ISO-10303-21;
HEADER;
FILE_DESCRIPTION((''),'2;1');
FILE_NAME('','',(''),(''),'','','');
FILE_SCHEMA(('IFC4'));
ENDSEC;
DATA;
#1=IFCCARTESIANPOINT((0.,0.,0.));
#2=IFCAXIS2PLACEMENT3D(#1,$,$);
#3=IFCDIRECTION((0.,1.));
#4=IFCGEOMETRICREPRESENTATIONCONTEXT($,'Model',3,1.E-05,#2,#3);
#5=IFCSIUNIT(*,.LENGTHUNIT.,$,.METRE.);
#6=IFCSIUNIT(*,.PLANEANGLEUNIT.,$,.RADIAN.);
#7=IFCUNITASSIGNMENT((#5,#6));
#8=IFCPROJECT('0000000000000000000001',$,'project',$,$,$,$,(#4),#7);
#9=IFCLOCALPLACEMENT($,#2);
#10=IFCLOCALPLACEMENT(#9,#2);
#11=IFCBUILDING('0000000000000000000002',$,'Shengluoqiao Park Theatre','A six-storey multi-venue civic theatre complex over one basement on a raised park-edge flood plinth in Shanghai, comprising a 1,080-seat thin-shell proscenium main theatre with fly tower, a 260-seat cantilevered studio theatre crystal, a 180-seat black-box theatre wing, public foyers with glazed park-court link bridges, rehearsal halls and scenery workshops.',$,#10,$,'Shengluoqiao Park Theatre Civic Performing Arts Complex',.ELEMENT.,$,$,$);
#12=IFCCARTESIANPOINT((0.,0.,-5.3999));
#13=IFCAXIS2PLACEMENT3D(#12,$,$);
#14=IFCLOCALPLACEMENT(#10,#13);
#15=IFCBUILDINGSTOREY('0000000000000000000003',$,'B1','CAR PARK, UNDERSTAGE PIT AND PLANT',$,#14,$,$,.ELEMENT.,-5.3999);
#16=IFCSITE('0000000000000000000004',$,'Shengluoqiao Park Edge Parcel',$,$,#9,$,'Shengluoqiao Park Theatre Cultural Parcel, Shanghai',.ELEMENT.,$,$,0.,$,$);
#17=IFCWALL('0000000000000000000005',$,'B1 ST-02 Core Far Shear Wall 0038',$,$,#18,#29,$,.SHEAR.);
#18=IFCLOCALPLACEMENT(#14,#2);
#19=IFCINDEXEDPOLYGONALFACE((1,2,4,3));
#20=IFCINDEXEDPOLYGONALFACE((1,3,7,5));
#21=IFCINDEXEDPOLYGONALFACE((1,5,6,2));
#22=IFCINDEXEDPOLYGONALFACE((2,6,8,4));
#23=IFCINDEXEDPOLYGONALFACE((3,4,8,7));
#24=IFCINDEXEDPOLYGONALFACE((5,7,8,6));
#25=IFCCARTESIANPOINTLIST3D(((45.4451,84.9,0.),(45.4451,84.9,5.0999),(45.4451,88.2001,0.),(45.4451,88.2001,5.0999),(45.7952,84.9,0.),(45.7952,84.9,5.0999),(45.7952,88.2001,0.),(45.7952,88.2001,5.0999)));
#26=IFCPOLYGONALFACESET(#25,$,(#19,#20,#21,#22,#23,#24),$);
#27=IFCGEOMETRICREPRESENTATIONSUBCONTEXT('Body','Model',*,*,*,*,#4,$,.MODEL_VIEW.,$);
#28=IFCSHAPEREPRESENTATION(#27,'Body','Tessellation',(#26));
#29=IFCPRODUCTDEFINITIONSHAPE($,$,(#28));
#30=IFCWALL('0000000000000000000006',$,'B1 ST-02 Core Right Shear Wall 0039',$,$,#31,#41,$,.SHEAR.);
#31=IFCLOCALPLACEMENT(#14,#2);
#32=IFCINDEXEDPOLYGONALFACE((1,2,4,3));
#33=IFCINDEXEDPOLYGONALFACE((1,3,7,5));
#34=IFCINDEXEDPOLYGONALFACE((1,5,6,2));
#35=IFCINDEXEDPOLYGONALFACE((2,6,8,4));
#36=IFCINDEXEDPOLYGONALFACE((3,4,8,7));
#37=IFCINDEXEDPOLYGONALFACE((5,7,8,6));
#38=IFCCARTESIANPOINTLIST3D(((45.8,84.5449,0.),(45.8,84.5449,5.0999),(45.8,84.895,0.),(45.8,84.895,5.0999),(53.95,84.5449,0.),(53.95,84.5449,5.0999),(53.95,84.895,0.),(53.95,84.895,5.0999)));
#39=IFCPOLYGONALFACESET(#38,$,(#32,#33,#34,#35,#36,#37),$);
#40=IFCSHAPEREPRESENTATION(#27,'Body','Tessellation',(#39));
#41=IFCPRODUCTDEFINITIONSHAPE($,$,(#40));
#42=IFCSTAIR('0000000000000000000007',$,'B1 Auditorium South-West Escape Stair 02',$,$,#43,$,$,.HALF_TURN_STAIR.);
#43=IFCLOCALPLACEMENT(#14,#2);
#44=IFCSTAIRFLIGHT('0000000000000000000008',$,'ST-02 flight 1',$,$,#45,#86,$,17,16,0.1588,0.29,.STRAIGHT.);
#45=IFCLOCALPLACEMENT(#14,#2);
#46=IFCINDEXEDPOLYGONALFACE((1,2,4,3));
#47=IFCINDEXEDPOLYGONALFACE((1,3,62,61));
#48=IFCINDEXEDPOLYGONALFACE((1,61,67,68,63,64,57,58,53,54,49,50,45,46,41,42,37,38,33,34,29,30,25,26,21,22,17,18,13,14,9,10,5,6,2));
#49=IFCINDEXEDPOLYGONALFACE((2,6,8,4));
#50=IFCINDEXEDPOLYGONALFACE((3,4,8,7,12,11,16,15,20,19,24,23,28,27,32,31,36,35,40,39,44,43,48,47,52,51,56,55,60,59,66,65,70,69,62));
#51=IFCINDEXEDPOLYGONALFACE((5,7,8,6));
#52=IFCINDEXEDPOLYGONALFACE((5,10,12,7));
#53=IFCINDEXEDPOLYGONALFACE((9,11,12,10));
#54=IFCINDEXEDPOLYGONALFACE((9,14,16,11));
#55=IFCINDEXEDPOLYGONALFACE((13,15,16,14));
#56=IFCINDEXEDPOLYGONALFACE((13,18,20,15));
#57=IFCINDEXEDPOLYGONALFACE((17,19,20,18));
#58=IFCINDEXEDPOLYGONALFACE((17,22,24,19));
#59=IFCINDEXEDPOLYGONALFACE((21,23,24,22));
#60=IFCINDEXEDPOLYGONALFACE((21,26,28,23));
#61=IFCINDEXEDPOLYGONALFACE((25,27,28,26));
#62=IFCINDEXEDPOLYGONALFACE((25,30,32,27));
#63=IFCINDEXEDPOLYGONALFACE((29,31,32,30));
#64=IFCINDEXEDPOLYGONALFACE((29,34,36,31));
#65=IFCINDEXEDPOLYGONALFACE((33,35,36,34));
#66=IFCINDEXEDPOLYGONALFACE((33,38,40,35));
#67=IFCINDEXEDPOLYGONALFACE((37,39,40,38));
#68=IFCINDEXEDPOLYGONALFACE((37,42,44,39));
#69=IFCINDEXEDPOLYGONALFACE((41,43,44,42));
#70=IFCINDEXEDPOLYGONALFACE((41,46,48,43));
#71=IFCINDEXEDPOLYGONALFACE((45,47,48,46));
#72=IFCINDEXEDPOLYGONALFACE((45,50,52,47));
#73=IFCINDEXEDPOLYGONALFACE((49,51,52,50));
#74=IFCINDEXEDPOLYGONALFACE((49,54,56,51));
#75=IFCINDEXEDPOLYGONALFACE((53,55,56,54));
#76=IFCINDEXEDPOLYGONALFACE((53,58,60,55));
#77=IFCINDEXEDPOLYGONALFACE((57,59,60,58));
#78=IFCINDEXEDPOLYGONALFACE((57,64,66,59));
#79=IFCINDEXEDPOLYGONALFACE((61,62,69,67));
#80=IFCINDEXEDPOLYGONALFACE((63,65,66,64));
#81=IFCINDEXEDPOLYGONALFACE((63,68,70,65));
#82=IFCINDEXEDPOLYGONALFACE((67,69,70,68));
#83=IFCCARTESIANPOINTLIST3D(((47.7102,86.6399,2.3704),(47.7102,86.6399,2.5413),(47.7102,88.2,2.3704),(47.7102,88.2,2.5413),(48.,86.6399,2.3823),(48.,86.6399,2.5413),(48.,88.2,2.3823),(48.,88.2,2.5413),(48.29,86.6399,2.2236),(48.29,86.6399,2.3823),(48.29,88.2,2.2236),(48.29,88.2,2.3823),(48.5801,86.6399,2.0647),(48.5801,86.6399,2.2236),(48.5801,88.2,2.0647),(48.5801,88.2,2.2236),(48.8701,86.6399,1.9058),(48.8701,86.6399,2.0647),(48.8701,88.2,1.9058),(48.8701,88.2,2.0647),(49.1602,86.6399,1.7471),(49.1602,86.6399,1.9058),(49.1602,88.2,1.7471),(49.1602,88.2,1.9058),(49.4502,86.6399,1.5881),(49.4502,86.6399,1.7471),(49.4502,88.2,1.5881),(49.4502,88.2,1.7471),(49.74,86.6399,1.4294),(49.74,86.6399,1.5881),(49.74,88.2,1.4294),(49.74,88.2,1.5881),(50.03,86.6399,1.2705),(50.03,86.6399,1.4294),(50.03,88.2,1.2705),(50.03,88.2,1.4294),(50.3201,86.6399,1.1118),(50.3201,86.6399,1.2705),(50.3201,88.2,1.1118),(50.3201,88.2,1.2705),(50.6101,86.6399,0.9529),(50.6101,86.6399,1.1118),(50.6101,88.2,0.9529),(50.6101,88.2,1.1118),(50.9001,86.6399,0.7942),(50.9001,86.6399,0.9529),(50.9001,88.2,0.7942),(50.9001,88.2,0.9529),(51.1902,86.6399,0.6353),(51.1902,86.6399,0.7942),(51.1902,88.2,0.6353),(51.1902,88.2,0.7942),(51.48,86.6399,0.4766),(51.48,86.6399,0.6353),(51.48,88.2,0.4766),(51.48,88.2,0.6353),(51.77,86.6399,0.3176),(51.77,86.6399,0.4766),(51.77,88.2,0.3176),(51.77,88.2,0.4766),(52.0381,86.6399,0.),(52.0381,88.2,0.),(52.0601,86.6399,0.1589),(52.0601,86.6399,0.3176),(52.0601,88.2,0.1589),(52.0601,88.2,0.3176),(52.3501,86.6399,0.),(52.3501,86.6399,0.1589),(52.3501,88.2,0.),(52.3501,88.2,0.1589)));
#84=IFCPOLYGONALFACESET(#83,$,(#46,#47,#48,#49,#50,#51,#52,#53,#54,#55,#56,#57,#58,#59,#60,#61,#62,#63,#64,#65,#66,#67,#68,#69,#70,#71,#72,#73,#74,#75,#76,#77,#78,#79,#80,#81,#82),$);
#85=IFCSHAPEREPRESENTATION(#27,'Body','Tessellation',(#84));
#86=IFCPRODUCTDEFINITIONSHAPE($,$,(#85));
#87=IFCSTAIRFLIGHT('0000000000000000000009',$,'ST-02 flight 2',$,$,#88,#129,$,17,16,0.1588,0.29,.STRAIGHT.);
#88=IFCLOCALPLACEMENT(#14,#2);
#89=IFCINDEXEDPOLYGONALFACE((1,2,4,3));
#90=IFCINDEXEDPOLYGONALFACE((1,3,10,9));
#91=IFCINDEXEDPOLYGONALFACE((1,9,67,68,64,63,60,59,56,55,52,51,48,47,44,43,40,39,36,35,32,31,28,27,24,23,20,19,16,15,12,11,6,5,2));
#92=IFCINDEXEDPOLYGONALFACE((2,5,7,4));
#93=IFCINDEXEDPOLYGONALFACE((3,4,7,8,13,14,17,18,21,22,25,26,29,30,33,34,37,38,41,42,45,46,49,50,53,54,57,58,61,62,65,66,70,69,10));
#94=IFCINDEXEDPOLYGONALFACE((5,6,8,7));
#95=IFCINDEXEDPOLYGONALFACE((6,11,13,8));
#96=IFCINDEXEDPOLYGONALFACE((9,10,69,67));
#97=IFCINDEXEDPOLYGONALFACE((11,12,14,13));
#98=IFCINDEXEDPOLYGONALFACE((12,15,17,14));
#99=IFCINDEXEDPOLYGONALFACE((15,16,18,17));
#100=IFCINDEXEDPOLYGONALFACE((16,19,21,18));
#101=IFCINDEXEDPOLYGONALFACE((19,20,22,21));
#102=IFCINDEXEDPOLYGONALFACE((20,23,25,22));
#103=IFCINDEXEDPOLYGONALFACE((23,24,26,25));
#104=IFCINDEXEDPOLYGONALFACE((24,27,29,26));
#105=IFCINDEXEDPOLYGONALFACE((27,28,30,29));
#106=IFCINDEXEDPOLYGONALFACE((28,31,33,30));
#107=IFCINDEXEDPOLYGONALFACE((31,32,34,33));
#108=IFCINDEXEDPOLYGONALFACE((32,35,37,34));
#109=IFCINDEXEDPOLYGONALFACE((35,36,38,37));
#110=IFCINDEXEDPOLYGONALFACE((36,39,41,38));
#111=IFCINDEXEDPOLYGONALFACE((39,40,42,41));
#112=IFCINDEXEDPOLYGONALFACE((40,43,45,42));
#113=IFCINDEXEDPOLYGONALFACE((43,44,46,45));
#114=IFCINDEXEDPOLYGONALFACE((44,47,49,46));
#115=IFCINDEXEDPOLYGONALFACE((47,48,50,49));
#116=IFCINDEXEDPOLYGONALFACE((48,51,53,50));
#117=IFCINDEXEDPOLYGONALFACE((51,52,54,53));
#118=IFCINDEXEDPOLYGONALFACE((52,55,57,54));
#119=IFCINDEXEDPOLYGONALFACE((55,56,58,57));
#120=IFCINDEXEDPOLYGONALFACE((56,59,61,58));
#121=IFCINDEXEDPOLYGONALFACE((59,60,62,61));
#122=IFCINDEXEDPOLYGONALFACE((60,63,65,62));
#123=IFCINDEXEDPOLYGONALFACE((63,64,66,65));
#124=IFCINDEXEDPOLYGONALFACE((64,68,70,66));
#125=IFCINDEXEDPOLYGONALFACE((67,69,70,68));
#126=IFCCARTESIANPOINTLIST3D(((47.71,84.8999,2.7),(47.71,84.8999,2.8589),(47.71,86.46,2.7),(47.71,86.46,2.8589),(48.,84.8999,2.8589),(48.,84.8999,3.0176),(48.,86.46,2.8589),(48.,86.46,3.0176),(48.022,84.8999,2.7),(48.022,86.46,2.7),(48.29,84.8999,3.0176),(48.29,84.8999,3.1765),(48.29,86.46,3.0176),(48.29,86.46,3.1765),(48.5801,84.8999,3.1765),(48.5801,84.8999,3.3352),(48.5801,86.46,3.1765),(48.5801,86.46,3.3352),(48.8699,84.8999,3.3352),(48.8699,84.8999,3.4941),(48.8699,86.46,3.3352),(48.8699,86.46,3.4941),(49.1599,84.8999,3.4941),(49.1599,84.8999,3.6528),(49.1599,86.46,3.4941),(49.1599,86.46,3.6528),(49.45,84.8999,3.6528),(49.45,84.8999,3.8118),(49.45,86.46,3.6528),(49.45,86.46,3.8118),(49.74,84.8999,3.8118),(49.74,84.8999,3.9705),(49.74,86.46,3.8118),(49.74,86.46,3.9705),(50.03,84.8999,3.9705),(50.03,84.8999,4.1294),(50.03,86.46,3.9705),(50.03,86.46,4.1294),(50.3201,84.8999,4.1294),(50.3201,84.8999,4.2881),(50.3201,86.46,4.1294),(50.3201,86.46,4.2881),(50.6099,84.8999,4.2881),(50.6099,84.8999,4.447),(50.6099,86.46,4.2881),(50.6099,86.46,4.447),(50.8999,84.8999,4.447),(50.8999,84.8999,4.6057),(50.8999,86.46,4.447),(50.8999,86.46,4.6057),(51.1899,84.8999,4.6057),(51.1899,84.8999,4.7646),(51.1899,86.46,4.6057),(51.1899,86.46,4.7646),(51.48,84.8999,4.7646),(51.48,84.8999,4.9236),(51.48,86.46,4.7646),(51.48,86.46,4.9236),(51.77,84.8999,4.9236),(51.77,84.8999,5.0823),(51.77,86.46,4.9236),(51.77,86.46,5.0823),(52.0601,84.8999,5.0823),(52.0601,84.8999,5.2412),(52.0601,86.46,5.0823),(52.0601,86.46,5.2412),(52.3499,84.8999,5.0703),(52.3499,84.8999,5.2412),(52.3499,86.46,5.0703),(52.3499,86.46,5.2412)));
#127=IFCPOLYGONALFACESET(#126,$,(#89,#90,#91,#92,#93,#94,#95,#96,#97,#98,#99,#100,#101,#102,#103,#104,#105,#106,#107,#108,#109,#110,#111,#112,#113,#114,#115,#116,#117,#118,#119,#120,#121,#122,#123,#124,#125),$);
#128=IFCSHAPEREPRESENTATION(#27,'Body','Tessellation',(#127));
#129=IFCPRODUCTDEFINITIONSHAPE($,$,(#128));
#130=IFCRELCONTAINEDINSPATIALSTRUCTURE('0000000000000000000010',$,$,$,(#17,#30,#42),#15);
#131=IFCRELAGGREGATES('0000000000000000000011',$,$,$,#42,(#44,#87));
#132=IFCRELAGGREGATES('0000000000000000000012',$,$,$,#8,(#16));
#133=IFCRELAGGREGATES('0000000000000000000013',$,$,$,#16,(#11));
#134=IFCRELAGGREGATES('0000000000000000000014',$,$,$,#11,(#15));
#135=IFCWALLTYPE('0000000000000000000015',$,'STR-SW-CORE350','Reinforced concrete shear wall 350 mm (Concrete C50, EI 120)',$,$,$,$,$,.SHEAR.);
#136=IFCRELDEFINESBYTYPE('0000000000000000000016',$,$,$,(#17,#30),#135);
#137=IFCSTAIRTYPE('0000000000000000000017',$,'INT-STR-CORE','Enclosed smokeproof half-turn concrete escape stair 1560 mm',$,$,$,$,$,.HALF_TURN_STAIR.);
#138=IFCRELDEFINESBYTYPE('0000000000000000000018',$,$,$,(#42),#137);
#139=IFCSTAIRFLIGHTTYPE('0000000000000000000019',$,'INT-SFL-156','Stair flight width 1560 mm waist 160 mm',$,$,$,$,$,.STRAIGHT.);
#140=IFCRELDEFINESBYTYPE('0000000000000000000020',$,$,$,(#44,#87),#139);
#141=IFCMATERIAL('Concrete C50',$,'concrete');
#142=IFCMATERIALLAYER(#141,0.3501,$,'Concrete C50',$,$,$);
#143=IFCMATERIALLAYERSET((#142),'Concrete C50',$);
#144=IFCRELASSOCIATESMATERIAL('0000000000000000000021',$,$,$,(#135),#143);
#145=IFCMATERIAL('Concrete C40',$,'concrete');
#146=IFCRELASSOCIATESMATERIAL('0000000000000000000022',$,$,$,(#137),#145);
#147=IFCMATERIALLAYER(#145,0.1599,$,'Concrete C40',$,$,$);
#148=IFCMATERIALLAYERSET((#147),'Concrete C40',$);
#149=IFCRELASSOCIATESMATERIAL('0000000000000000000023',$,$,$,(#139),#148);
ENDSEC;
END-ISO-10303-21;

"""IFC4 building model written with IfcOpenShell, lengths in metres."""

from ifc_helpers import new_model, si_unit, direction, frame, frame_2d, origin, place, context, subcontext, project, spatial, polyline, rectangle, outline, extrude, material, layer, layer_set, type_object, element, aggregate, save


model = new_model("IFC4")

# Units and contexts
model_context = context("Model", 3, precision=1e-05, world=origin(), true_north=direction((0.0, 1.0)))
body_context = subcontext(model_context, "Body", "Model", "MODEL_VIEW")
ifc_project = project(units=[si_unit("LENGTHUNIT", "METRE"), si_unit("PLANEANGLEUNIT", "RADIAN")], contexts=[model_context])

# Site, building, storey
site_placement = place(None, origin())
site = spatial("IfcSite", under=ifc_project, at=site_placement, Name="Shengluoqiao Park Edge Parcel", LongName="Shengluoqiao Park Theatre Cultural Parcel, Shanghai", CompositionType="ELEMENT", RefElevation=0.0)
building_placement = place(site_placement, origin())
building = spatial("IfcBuilding", under=site, at=building_placement, Name="Shengluoqiao Park Theatre", Description="A six-storey multi-venue civic theatre complex over one basement on a raised park-edge flood plinth in Shanghai, comprising a 1,080-seat thin-shell proscenium main theatre with fly tower, a 260-seat cantilevered studio theatre crystal, a 180-seat black-box theatre wing, public foyers with glazed park-court link bridges, rehearsal halls and scenery workshops.", LongName="Shengluoqiao Park Theatre Civic Performing Arts Complex", CompositionType="ELEMENT")
storey_placement = place(building_placement, frame((0.0, 0.0, -5.3999)))
storey = spatial("IfcBuildingStorey", under=building, at=storey_placement, Name="B1", Description="CAR PARK, UNDERSTAGE PIT AND PLANT", CompositionType="ELEMENT", Elevation=-5.3999)

# Shared definitions
ifc_material_1 = material(Name="Concrete C40", Category="concrete")

# Shared definitions
ifc_material_2 = material(Name="Concrete C50", Category="concrete")

# Walls
ifc_layer_1 = layer(ifc_material_2, 0.3501, Name="Concrete C50")
ifc_layer_set_1 = layer_set([ifc_layer_1], Name="Concrete C50")
wall_type_1 = type_object("IfcWallType", Name="STR-SW-CORE350", Description="Reinforced concrete shear wall 350 mm (Concrete C50, EI 120)", PredefinedType="SHEAR", material=ifc_layer_set_1)
wall_1_placement = place(storey_placement, frame((45.6201, 88.2, 0.0), z_axis=(0.0, 0.0, 1.0), x_axis=(0.0, -1.0, 0.0)))
element("IfcWall", 1, at=wall_1_placement, inside=storey, type_object=wall_type_1, Name="B1 ST-02 Core Far Shear Wall 0038", PredefinedType="SHEAR", context=body_context, shape_type="SweptSolid", body=[
    extrude(rectangle(XDim=3.3, YDim=0.3501, at=frame_2d((1.6499, 0.0))), origin(), (0.0, 0.0, 1.0), 5.0999),
])
wall_2_placement = place(storey_placement, frame((45.8, 84.72, 0.0), z_axis=(0.0, 0.0, 1.0), x_axis=(1.0, 0.0, 0.0)))
element("IfcWall", 2, at=wall_2_placement, inside=storey, type_object=wall_type_1, Name="B1 ST-02 Core Right Shear Wall 0039", PredefinedType="SHEAR", context=body_context, shape_type="SweptSolid", body=[
    extrude(rectangle(XDim=8.1499, YDim=0.3501, at=frame_2d((4.075, 0.0))), origin(), (0.0, 0.0, 1.0), 5.0999),
])

# Stair, stair flights
stair_type = type_object("IfcStairType", Name="INT-STR-CORE", Description="Enclosed smokeproof half-turn concrete escape stair 1560 mm", PredefinedType="HALF_TURN_STAIR", material=ifc_material_1)
stair_placement = place(storey_placement, origin())
stair = element("IfcStair", 3, at=stair_placement, inside=storey, type_object=stair_type, Name="B1 Auditorium South-West Escape Stair 02", PredefinedType="HALF_TURN_STAIR")
ifc_layer_2 = layer(ifc_material_1, 0.1599, Name="Concrete C40")
ifc_layer_set_2 = layer_set([ifc_layer_2], Name="Concrete C40")
stair_flight_type = type_object("IfcStairFlightType", Name="INT-SFL-156", Description="Stair flight width 1560 mm waist 160 mm", PredefinedType="STRAIGHT", material=ifc_layer_set_2)
stair_flight_1_placement = place(storey_placement, frame((52.3501, 87.4199, 0.0), z_axis=(0.0, 0.0, 1.0), x_axis=(-1.0, 0.0, 0.0)))
stair_flight_1 = element("IfcStairFlight", 4, at=stair_flight_1_placement, type_object=stair_flight_type, Name="ST-02 flight 1", NumberOfRisers=17, NumberOfTreads=16, PredefinedType="STRAIGHT", RiserHeight=0.1588, TreadLength=0.29, context=body_context, shape_type="SweptSolid", body=[
    extrude(outline(polyline([(0.0, 0.0), (0.0, 0.1589), (0.29, 0.1589), (0.29, 0.3176), (0.5801, 0.3176), (0.5801, 0.4766), (0.8701, 0.4766), (0.8701, 0.6353), (1.1599, 0.6353), (1.1599, 0.7942), (1.45, 0.7942), (1.45, 0.9529), (1.74, 0.9529), (1.74, 1.1118), (2.03, 1.1118), (2.03, 1.2705), (2.3201, 1.2705), (2.3201, 1.4294), (2.6101, 1.4294), (2.6101, 1.5881), (2.8999, 1.5881), (2.8999, 1.7471), (3.1899, 1.7471), (3.1899, 1.9058), (3.48, 1.9058), (3.48, 2.0647), (3.77, 2.0647), (3.77, 2.2236), (4.0601, 2.2236), (4.0601, 2.3823), (4.3501, 2.3823), (4.3501, 2.5413), (4.6399, 2.5413), (4.6399, 2.7), (4.6399, 2.3704), (0.312, 0.0), (0.0, 0.0)])), frame((0.0, 0.78, 0.0), z_axis=(0.0, -1.0, 0.0), x_axis=(1.0, 0.0, 0.0)), (0.0, 0.0, 1.0), 1.5601),
])
stair_flight_2_placement = place(storey_placement, frame((47.71, 85.6799, 2.7), z_axis=(0.0, 0.0, 1.0), x_axis=(1.0, 0.0, 0.0)))
stair_flight_2 = element("IfcStairFlight", 5, at=stair_flight_2_placement, type_object=stair_flight_type, Name="ST-02 flight 2", NumberOfRisers=17, NumberOfTreads=16, PredefinedType="STRAIGHT", RiserHeight=0.1588, TreadLength=0.29, context=body_context, shape_type="SweptSolid", body=[
    extrude(outline(polyline([(0.0, 0.0), (0.0, 0.1589), (0.29, 0.1589), (0.29, 0.3176), (0.5801, 0.3176), (0.5801, 0.4766), (0.8701, 0.4766), (0.8701, 0.6353), (1.1599, 0.6353), (1.1599, 0.7942), (1.45, 0.7942), (1.45, 0.9529), (1.74, 0.9529), (1.74, 1.1118), (2.03, 1.1118), (2.03, 1.2705), (2.3201, 1.2705), (2.3201, 1.4294), (2.6101, 1.4294), (2.6101, 1.5881), (2.8999, 1.5881), (2.8999, 1.7471), (3.1899, 1.7471), (3.1899, 1.9058), (3.48, 1.9058), (3.48, 2.0647), (3.77, 2.0647), (3.77, 2.2236), (4.0601, 2.2236), (4.0601, 2.3823), (4.3501, 2.3823), (4.3501, 2.5413), (4.6399, 2.5413), (4.6399, 2.7), (4.6399, 2.3704), (0.312, 0.0), (0.0, 0.0)])), frame((0.0, 0.78, 0.0), z_axis=(0.0, -1.0, 0.0), x_axis=(1.0, 0.0, 0.0)), (0.0, 0.0, 1.0), 1.5601),
])
aggregate(stair, [stair_flight_1, stair_flight_2])

save(model, "model.ifc")
